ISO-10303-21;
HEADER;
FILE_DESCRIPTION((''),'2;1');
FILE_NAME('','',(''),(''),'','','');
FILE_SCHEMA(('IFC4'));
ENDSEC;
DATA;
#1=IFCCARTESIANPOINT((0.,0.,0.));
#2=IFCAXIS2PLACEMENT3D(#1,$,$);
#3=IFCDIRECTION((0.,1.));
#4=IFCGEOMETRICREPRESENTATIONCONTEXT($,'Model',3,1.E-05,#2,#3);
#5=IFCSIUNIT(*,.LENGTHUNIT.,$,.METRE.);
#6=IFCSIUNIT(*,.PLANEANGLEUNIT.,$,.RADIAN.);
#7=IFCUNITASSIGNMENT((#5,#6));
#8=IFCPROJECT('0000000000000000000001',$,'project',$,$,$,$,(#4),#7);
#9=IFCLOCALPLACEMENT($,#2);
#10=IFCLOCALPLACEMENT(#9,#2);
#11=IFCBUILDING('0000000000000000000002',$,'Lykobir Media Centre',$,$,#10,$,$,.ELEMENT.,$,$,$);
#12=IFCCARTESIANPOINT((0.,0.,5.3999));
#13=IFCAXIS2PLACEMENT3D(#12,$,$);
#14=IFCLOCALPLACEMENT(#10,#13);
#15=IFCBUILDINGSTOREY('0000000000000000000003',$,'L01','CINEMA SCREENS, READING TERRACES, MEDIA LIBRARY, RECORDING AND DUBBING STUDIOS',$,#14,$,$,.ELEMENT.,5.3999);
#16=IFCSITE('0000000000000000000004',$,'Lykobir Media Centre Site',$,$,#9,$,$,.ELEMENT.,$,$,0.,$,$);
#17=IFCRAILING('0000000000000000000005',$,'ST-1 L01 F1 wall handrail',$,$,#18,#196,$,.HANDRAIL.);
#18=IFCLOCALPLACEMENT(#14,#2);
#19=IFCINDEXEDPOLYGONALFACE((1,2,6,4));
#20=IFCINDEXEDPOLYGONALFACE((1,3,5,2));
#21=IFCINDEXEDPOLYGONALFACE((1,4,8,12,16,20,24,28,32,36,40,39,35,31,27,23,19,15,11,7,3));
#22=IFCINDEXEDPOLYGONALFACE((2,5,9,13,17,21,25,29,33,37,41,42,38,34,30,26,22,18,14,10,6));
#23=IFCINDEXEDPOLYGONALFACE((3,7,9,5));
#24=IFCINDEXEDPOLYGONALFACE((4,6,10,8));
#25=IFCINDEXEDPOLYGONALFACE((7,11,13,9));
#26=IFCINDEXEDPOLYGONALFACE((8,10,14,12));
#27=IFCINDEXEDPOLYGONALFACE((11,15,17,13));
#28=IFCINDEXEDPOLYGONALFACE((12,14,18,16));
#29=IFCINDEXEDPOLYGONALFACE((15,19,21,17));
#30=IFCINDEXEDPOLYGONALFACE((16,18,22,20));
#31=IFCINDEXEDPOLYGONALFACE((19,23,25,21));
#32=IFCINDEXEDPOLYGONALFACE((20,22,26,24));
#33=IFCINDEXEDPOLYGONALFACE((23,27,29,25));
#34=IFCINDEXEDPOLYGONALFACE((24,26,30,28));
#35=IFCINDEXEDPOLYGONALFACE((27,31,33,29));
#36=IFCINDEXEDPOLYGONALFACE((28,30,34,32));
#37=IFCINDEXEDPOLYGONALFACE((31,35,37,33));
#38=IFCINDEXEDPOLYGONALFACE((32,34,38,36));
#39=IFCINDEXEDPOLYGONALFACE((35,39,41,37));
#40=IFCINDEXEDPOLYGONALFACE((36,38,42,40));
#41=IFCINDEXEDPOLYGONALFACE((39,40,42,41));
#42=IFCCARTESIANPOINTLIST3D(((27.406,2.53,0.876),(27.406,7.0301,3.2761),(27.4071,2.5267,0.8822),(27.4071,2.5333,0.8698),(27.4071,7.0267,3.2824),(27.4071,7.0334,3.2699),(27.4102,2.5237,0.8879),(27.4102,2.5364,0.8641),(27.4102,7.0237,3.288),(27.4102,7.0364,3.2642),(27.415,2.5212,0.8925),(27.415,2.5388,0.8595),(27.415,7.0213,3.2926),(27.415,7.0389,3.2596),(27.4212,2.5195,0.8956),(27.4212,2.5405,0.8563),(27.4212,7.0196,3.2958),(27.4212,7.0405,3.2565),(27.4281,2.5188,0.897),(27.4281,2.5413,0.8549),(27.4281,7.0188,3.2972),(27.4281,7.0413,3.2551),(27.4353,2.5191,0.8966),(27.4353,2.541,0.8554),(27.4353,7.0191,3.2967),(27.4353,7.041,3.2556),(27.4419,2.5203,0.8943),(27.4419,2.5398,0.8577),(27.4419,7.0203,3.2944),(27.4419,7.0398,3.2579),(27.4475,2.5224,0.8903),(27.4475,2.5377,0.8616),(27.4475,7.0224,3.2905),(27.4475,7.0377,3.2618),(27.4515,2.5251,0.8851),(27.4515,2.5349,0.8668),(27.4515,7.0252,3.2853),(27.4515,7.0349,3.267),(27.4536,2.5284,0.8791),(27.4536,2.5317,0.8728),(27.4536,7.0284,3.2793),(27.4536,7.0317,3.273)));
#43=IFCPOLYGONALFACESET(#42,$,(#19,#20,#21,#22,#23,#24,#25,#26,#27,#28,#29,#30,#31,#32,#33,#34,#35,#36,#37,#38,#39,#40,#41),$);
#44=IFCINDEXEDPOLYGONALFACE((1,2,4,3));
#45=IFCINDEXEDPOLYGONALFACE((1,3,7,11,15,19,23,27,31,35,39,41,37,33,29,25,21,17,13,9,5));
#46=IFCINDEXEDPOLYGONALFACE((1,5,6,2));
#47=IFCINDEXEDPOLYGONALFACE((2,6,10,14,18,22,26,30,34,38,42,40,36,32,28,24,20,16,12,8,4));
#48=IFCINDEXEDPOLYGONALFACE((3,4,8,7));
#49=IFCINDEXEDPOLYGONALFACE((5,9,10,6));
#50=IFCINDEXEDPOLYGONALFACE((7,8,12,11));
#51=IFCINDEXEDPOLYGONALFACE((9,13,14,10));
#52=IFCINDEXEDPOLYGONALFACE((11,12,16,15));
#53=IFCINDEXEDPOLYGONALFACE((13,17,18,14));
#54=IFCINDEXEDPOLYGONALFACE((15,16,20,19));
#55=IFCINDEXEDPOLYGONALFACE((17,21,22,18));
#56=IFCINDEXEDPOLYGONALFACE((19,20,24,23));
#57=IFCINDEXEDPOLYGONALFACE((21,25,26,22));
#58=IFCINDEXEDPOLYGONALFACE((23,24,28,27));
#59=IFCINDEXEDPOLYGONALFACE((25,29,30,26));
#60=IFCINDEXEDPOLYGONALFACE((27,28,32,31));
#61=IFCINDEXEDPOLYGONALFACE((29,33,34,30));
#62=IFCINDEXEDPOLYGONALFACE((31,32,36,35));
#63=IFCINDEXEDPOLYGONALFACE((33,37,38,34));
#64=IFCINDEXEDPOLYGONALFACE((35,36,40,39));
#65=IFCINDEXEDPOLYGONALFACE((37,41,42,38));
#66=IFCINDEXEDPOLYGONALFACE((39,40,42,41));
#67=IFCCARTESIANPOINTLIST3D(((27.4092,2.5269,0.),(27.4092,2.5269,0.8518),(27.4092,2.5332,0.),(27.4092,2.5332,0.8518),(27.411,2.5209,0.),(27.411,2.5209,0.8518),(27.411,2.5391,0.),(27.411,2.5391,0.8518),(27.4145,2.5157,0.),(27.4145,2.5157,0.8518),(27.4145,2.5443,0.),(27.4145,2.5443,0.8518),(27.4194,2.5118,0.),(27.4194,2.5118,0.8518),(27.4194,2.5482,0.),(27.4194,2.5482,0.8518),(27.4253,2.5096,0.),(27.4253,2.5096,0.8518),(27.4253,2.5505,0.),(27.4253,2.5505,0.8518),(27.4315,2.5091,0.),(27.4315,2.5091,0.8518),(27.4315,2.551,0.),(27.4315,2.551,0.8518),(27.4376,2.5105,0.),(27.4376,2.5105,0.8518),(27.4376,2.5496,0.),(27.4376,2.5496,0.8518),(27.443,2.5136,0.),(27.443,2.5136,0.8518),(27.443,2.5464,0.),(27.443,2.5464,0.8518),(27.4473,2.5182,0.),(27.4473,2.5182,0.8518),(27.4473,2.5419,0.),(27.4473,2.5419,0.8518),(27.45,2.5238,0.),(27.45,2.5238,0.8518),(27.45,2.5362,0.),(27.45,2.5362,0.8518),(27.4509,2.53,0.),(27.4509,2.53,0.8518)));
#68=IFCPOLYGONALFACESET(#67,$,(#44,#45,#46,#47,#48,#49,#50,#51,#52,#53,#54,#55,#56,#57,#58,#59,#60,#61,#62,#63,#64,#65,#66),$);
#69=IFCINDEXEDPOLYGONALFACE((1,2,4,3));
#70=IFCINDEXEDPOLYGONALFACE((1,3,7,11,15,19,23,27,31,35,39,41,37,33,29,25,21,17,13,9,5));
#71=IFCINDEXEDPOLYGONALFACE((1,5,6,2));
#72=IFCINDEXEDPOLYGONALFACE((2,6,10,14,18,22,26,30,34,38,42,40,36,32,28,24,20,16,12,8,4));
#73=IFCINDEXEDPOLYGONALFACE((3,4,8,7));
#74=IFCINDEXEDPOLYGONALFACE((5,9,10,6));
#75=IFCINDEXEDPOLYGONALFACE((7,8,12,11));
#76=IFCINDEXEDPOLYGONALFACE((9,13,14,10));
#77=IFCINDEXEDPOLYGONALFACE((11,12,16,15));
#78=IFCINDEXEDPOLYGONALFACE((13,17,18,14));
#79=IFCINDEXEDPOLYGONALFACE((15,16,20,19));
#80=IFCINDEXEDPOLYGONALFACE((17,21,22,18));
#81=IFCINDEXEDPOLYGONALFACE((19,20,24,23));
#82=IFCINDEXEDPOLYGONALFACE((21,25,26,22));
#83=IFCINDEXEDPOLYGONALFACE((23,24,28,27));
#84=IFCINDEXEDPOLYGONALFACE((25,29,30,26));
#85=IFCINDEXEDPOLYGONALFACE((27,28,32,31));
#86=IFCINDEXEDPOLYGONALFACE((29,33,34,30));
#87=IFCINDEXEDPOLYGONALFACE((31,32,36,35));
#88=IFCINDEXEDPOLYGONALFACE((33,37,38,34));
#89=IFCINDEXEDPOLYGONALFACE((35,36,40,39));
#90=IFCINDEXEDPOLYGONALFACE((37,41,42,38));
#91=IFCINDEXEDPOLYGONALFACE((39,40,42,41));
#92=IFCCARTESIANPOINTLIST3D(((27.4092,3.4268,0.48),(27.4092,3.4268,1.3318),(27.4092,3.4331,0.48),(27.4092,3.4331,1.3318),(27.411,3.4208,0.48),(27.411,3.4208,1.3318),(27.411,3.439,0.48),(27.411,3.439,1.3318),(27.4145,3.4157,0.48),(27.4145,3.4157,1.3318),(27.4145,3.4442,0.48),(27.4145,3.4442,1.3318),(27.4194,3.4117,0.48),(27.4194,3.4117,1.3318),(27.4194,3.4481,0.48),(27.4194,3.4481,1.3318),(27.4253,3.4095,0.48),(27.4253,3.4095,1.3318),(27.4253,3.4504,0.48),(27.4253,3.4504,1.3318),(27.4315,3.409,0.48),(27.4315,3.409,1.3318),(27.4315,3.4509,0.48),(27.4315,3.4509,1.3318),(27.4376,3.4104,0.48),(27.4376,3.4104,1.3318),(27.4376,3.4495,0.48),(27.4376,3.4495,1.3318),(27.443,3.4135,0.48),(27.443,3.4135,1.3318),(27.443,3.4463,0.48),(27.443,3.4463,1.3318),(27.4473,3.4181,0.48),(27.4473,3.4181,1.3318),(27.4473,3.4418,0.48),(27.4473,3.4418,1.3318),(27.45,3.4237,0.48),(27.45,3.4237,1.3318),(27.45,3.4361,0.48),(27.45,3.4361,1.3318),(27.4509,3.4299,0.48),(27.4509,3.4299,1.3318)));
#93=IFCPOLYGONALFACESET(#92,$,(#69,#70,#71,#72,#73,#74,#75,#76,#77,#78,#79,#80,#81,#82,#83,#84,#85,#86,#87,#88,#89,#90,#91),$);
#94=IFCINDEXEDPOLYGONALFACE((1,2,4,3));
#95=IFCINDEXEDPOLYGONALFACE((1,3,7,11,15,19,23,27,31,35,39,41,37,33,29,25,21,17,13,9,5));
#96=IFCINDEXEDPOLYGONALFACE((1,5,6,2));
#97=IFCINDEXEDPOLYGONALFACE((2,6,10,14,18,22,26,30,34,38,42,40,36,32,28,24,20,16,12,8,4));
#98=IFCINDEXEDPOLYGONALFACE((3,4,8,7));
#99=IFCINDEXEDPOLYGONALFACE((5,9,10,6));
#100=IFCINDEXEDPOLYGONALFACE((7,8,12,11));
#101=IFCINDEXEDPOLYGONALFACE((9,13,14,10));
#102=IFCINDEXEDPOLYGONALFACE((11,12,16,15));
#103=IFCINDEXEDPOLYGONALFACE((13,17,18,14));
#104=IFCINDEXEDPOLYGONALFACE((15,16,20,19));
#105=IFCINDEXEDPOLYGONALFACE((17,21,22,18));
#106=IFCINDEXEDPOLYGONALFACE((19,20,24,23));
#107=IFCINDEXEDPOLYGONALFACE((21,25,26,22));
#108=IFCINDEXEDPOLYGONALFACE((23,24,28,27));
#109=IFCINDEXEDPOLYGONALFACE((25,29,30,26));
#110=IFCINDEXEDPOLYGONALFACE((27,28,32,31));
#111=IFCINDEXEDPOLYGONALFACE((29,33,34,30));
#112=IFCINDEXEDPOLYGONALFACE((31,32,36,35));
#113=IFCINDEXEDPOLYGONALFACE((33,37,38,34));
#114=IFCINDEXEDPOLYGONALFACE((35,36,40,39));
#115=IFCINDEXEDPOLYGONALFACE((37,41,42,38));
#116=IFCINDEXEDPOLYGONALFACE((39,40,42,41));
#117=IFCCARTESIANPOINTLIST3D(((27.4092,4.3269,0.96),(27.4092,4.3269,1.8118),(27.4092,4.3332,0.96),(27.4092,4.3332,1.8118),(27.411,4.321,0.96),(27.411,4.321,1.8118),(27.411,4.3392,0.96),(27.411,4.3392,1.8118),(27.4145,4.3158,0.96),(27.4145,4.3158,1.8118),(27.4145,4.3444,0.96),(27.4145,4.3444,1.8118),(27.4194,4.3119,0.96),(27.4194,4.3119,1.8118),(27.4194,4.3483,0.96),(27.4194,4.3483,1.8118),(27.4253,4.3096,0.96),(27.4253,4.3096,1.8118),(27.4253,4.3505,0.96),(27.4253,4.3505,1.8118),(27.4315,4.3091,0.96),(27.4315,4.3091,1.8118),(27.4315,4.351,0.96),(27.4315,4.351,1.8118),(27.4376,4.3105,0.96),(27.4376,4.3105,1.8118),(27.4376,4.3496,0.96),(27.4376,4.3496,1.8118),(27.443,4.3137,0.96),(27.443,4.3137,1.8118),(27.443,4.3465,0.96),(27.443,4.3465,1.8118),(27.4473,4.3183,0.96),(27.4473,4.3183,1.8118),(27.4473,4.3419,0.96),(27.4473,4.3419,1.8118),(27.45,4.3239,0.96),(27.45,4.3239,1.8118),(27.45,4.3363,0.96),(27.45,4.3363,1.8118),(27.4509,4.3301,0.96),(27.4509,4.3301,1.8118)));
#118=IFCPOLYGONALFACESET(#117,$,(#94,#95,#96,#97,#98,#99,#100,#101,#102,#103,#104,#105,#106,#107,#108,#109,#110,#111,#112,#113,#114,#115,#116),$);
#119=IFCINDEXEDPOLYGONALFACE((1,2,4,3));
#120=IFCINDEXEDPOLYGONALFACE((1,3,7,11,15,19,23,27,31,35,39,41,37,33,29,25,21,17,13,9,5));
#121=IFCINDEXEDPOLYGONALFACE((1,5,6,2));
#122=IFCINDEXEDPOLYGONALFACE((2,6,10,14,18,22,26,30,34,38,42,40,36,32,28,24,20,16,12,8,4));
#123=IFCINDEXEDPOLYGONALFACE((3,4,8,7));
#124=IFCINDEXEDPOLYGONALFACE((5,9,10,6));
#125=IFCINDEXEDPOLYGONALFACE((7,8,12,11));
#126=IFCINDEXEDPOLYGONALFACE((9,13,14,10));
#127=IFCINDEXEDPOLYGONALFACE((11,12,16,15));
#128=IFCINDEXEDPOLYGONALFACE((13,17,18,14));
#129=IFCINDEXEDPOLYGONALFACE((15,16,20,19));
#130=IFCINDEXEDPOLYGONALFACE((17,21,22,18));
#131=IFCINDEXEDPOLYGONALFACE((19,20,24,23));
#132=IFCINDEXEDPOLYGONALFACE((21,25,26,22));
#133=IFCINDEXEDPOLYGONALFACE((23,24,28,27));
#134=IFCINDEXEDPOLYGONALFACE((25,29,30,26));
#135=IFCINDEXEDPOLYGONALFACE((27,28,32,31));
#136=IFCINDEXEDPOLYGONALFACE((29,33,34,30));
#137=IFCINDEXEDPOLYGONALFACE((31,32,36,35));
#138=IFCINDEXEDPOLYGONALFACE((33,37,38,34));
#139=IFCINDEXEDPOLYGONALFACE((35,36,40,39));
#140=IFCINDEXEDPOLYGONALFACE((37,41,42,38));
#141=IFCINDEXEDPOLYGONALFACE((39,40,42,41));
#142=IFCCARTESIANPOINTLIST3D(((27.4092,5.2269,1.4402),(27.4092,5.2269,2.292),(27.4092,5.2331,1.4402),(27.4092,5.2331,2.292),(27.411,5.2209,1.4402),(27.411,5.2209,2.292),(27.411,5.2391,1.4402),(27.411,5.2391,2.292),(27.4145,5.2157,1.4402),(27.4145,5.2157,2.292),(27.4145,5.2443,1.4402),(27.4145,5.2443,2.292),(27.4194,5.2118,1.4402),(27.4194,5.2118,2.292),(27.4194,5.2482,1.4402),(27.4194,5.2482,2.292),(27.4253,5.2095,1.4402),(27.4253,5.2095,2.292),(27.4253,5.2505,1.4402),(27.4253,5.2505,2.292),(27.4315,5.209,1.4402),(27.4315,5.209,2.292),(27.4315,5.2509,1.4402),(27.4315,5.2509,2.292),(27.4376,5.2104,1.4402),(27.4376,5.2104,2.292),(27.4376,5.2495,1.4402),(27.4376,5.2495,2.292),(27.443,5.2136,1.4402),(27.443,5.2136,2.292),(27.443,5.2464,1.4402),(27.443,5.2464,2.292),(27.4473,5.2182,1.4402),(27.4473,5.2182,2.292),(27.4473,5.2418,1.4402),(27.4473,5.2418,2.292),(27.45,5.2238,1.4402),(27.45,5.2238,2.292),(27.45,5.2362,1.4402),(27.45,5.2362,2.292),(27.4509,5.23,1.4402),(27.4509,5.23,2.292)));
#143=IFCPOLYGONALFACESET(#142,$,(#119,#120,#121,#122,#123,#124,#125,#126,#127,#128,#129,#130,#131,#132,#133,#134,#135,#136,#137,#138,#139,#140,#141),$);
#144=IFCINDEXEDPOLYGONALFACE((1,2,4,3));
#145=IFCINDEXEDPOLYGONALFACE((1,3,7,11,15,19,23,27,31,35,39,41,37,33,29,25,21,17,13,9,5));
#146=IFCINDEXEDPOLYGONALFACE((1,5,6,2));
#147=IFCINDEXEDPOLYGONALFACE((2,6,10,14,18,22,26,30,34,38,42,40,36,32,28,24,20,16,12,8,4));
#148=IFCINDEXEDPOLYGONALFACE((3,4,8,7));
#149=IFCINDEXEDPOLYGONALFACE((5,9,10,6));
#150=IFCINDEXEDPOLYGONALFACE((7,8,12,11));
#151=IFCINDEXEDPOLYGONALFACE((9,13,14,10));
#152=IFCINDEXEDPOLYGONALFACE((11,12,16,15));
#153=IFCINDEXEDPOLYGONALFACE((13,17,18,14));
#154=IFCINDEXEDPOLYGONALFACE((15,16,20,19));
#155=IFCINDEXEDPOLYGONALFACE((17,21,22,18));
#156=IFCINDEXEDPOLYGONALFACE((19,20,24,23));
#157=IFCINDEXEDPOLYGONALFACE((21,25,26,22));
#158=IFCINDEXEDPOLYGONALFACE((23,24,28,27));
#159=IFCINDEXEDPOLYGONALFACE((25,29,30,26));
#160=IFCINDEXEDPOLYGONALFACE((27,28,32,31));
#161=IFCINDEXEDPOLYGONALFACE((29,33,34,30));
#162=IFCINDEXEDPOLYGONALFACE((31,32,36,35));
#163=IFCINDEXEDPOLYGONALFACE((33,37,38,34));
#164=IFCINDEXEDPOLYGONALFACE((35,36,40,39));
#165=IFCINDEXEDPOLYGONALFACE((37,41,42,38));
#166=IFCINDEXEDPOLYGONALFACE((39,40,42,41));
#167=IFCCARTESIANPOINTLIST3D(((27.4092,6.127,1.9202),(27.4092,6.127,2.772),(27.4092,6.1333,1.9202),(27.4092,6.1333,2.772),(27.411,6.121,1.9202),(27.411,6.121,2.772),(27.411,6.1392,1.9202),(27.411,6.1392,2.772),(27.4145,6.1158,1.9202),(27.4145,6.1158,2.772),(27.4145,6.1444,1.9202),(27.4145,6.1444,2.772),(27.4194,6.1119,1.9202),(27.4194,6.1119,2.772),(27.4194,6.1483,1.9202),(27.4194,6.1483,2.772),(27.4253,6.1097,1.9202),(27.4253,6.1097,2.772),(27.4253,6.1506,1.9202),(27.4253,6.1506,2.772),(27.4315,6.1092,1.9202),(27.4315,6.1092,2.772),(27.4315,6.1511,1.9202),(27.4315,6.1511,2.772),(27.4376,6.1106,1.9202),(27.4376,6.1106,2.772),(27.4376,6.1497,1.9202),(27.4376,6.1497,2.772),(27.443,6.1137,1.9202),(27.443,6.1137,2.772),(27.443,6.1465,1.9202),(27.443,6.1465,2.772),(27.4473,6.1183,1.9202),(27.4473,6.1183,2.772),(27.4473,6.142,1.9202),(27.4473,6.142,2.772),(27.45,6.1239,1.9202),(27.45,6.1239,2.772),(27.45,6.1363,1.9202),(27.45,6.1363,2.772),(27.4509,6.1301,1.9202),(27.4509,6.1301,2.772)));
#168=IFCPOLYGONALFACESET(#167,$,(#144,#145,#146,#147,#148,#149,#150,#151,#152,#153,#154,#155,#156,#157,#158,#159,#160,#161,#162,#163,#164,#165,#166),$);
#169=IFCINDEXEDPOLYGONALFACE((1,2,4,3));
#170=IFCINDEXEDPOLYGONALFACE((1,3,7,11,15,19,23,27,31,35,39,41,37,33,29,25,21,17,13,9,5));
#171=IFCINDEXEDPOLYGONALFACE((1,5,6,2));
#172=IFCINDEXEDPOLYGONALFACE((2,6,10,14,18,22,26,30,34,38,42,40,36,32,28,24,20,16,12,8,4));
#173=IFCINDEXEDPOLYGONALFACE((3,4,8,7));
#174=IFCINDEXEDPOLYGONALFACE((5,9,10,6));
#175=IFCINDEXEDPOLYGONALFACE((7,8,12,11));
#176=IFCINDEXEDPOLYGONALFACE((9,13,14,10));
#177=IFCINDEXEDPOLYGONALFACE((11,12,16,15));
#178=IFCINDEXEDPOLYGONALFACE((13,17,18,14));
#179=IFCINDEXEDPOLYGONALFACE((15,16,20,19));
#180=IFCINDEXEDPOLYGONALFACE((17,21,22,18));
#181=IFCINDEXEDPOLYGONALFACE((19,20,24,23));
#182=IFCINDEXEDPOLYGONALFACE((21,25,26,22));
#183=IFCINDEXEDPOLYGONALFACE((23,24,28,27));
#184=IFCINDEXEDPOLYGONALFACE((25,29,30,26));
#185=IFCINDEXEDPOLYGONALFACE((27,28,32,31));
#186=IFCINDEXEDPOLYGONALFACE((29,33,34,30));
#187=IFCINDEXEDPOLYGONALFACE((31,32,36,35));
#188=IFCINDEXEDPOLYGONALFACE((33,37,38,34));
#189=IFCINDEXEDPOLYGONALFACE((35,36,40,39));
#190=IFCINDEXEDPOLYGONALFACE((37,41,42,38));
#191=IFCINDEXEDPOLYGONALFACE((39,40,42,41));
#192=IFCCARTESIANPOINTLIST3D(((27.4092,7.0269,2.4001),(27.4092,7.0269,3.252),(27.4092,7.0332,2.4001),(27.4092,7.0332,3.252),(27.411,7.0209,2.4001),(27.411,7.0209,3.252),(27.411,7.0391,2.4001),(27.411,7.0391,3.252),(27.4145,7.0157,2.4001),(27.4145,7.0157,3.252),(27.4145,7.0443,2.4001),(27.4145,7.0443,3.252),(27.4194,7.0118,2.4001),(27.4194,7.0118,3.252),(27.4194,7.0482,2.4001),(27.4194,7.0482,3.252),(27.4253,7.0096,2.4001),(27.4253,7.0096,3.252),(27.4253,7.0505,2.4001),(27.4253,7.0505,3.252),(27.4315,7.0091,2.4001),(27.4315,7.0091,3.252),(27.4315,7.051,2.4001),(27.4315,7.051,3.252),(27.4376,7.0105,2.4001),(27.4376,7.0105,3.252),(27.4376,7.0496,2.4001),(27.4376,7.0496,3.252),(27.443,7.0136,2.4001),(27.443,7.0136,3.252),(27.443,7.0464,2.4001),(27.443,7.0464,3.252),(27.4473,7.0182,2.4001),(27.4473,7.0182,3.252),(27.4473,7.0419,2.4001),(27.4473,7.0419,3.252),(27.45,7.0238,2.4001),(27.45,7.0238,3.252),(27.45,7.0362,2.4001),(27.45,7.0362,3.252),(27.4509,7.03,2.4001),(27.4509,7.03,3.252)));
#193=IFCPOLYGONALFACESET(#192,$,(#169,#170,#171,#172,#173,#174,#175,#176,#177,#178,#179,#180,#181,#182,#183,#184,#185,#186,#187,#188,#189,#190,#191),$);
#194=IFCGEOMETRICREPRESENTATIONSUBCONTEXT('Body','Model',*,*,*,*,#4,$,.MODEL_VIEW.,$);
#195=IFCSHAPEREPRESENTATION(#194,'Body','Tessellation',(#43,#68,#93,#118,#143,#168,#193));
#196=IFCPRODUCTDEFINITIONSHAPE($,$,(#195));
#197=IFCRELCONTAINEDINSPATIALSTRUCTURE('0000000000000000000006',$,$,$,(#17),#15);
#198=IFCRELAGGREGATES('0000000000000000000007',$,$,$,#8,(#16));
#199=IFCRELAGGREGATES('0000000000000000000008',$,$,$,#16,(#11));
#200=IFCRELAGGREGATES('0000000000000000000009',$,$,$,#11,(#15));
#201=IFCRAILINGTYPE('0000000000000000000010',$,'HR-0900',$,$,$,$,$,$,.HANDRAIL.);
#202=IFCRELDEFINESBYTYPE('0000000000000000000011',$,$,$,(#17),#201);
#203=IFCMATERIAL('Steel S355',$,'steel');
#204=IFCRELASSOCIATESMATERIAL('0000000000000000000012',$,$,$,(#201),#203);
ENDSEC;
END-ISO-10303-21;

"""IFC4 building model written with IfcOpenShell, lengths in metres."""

from ifc_helpers import new_model, si_unit, direction, frame, origin, origin_2d, place, context, subcontext, project, spatial, circle, extrude, material, type_object, element, save


model = new_model("IFC4")

# Units and contexts
model_context = context("Model", 3, precision=1e-05, world=origin(), true_north=direction((0.0, 1.0)))
body_context = subcontext(model_context, "Body", "Model", "MODEL_VIEW")
ifc_project = project(units=[si_unit("LENGTHUNIT", "METRE"), si_unit("PLANEANGLEUNIT", "RADIAN")], contexts=[model_context])

# Site, building, storey
site_placement = place(None, origin())
site = spatial("IfcSite", under=ifc_project, at=site_placement, Name="Lykobir Media Centre Site", CompositionType="ELEMENT", RefElevation=0.0)
building_placement = place(site_placement, origin())
building = spatial("IfcBuilding", under=site, at=building_placement, Name="Lykobir Media Centre", CompositionType="ELEMENT")
storey_placement = place(building_placement, frame((0.0, 0.0, 5.3999)))
storey = spatial("IfcBuildingStorey", under=building, at=storey_placement, Name="L01", Description="CINEMA SCREENS, READING TERRACES, MEDIA LIBRARY, RECORDING AND DUBBING STUDIOS", CompositionType="ELEMENT", Elevation=5.3999)

# Shared definitions
ifc_material_1 = material(Name="Steel S355", Category="steel")

# Railing
railing_type_1 = type_object("IfcRailingType", Name="HR-0900", PredefinedType="HANDRAIL", material=ifc_material_1)
railing_1_placement = place(storey_placement, frame((27.4299, 2.53, 0.0)))
element("IfcRailing", 1, at=railing_1_placement, inside=storey, type_object=railing_type_1, Name="ST-1 L01 F1 wall handrail", PredefinedType="HANDRAIL", context=body_context, shape_type="SweptSolid", body=[
    extrude(circle(Radius=0.0239, at=origin_2d()), frame((0.0, 0.0, 0.876), z_axis=(0.0, 0.882341, 0.470611), x_axis=(-1.0, 0.0, 0.0)), (0.0, 0.0, 1.0), 5.1001),
    extrude(circle(Radius=0.021, at=origin_2d()), origin(), (0.0, 0.0, 1.0), 0.8518),
    extrude(circle(Radius=0.021, at=origin_2d()), frame((0.0, 0.8999, 0.48)), (0.0, 0.0, 1.0), 0.8518),
    extrude(circle(Radius=0.021, at=origin_2d()), frame((0.0, 1.8, 0.96)), (0.0, 0.0, 1.0), 0.8518),
    extrude(circle(Radius=0.021, at=origin_2d()), frame((0.0, 2.7, 1.4402)), (0.0, 0.0, 1.0), 0.8518),
    extrude(circle(Radius=0.021, at=origin_2d()), frame((0.0, 3.6001, 1.9202)), (0.0, 0.0, 1.0), 0.8518),
    extrude(circle(Radius=0.021, at=origin_2d()), frame((0.0, 4.5, 2.4001)), (0.0, 0.0, 1.0), 0.8518),
])

save(model, "model.ifc")
